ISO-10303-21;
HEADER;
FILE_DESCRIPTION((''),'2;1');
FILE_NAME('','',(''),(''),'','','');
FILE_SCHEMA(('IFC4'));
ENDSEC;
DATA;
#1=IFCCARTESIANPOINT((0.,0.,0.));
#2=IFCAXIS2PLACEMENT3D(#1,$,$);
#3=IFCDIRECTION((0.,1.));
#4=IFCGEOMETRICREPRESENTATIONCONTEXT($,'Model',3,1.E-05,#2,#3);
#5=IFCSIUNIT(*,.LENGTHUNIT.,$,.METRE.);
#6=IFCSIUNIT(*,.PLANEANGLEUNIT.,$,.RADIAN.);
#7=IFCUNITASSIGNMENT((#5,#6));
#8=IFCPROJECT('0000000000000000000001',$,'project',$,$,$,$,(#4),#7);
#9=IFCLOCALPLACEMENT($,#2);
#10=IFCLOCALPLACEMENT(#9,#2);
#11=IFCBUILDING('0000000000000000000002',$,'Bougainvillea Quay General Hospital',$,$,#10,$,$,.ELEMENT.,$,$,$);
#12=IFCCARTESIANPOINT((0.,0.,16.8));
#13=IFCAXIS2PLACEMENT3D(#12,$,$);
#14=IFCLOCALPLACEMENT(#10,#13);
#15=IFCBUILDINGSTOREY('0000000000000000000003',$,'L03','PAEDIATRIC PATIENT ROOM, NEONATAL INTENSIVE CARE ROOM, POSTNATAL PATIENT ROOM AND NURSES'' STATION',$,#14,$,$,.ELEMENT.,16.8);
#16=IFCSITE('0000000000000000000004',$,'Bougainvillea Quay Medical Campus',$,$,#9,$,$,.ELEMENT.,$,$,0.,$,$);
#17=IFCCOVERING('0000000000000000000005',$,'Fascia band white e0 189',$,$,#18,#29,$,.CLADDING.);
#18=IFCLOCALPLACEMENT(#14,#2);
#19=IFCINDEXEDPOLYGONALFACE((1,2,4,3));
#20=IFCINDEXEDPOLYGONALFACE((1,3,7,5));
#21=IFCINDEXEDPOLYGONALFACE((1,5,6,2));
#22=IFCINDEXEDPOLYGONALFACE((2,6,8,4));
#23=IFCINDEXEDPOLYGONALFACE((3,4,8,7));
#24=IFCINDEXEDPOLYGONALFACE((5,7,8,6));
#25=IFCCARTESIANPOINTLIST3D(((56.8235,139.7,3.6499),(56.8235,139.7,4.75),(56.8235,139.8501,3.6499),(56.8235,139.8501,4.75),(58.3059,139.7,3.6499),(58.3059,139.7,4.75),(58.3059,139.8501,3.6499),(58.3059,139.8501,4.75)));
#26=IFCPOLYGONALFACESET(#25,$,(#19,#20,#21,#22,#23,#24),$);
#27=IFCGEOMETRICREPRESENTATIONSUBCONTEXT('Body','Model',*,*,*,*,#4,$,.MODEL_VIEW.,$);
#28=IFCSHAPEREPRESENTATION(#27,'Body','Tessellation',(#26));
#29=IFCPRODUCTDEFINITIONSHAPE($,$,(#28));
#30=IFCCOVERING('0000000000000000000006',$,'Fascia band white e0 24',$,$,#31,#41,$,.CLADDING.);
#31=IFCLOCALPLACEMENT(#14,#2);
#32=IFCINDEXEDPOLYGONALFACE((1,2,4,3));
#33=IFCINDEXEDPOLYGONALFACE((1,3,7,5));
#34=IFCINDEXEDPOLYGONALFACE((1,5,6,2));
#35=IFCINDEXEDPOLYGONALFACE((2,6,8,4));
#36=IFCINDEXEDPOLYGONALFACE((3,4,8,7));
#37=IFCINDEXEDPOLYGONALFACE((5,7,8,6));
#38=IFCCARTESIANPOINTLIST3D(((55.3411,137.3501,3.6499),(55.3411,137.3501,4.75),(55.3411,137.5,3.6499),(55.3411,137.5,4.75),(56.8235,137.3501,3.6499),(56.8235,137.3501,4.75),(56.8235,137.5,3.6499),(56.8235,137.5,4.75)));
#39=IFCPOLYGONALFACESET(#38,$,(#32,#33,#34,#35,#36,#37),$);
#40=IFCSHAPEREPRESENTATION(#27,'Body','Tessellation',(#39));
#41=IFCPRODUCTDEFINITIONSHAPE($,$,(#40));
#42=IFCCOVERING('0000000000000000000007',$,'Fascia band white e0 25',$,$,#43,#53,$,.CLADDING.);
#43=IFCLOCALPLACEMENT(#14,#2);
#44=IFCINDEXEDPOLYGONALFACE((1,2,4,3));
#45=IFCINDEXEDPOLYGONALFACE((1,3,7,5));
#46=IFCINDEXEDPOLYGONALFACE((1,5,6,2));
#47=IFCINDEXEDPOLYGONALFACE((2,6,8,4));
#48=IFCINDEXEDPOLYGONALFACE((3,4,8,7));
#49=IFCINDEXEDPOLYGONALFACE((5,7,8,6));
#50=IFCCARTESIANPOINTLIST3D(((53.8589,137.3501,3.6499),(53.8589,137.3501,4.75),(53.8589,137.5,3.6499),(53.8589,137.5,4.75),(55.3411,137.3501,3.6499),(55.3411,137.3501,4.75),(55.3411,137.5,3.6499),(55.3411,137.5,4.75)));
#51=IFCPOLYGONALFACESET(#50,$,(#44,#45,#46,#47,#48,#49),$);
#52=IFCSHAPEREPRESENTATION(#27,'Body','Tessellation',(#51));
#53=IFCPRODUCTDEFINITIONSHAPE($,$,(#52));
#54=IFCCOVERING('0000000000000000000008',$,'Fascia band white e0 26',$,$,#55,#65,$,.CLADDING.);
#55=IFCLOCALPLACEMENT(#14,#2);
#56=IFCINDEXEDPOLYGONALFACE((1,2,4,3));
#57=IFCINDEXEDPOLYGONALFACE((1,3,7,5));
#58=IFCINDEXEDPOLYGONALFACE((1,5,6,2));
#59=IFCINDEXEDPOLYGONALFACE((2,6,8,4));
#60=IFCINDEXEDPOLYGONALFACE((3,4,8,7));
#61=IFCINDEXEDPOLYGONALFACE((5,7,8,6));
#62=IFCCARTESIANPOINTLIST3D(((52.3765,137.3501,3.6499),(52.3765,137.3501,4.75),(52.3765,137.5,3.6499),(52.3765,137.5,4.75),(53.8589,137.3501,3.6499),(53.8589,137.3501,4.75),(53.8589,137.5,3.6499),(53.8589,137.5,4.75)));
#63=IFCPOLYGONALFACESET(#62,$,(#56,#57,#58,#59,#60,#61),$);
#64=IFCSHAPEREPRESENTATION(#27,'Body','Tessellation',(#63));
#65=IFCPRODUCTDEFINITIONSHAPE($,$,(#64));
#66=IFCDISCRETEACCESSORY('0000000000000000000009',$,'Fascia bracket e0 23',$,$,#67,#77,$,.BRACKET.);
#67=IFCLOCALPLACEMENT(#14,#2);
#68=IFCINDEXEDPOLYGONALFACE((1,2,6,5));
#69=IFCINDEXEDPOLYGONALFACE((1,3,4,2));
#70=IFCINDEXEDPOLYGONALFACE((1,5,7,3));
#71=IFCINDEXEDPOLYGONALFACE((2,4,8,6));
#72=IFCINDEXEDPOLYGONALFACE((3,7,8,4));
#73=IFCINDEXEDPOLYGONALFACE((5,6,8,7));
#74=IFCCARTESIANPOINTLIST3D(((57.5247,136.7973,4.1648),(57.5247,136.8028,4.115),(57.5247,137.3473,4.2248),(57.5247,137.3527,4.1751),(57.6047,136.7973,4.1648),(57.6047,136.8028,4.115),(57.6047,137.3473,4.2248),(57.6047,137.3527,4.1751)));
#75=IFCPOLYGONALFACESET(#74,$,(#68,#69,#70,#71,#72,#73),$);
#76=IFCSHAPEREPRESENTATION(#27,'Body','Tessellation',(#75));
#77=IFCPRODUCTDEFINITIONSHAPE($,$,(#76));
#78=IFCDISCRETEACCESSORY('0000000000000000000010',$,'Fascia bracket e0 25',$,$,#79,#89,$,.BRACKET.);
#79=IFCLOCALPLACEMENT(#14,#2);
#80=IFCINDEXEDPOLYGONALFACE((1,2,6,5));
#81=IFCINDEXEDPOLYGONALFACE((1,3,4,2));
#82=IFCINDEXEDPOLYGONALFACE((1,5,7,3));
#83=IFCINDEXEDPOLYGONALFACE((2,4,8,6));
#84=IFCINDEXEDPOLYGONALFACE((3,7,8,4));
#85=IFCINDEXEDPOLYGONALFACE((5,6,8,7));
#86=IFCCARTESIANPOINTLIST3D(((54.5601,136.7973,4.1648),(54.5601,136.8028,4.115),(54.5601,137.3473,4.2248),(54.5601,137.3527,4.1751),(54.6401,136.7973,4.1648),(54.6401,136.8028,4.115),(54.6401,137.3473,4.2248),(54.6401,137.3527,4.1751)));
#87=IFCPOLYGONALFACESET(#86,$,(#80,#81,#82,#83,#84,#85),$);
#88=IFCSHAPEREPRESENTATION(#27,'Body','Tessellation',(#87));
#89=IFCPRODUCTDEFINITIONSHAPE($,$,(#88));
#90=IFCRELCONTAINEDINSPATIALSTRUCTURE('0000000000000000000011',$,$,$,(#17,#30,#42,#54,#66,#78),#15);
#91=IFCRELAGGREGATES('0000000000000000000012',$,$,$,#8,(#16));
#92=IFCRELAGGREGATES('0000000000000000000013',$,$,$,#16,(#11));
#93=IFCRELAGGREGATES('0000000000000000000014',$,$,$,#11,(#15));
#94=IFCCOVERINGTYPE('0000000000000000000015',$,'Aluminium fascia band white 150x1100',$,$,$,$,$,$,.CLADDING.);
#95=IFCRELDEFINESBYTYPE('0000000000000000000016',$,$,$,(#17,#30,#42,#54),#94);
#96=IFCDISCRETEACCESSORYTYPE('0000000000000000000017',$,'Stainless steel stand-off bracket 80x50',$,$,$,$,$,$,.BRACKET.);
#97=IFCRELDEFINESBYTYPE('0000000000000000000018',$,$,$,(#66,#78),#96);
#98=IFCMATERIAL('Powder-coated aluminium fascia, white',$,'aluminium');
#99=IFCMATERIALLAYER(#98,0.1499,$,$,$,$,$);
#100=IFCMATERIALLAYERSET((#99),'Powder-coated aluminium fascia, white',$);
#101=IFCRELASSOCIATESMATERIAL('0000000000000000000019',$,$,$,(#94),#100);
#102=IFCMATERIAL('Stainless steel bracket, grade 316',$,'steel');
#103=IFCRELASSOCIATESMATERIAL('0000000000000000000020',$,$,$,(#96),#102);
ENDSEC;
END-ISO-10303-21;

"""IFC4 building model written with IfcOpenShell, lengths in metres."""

from ifc_helpers import new_model, si_unit, direction, frame, origin, origin_2d, place, context, subcontext, project, spatial, polyline, rectangle, outline, extrude, material, layer, layer_set, material_profile, profile_set, type_object, element, save


model = new_model("IFC4")

# Units and contexts
model_context = context("Model", 3, precision=1e-05, world=origin(), true_north=direction((0.0, 1.0)))
body_context = subcontext(model_context, "Body", "Model", "MODEL_VIEW")
ifc_project = project(units=[si_unit("LENGTHUNIT", "METRE"), si_unit("PLANEANGLEUNIT", "RADIAN")], contexts=[model_context])

# Site, building, storey
site_placement = place(None, origin())
site = spatial("IfcSite", under=ifc_project, at=site_placement, Name="Bougainvillea Quay Medical Campus", CompositionType="ELEMENT", RefElevation=0.0)
building_placement = place(site_placement, origin())
building = spatial("IfcBuilding", under=site, at=building_placement, Name="Bougainvillea Quay General Hospital", CompositionType="ELEMENT")
storey_placement = place(building_placement, frame((0.0, 0.0, 16.8)))
storey = spatial("IfcBuildingStorey", under=building, at=storey_placement, Name="L03", Description="PAEDIATRIC PATIENT ROOM, NEONATAL INTENSIVE CARE ROOM, POSTNATAL PATIENT ROOM AND NURSES' STATION", CompositionType="ELEMENT", Elevation=16.8)

# Coverings
ifc_material_1 = material(Name="Powder-coated aluminium fascia, white", Category="aluminium")
ifc_layer_1 = layer(ifc_material_1, 0.1499)
ifc_layer_set_1 = layer_set([ifc_layer_1], Name="Powder-coated aluminium fascia, white")
covering_type = type_object("IfcCoveringType", Name="Aluminium fascia band white 150x1100", PredefinedType="CLADDING", material=ifc_layer_set_1)
for number, where, z_axis, x_axis, name in (
    (1, (56.8235, 139.8501, 3.6499), (0.0, 0.0, 1.0), (1.0, 0.0, 0.0), "Fascia band white e0 189"),
):
    element("IfcCovering", number, at=place(storey_placement, frame(where, z_axis=z_axis, x_axis=x_axis)), inside=storey, type_object=covering_type, Name=name, PredefinedType="CLADDING", context=body_context, shape_type="SweptSolid", body=[
        extrude(outline(polyline([(0.0, 0.0), (1.4824, 0.0), (1.4824, -0.1501), (0.0, -0.1501), (0.0, 0.0)])), origin(), (0.0, 0.0, 1.0), 1.1001),
    ])
covering_1_placement = place(storey_placement, frame((56.8235, 137.3501, 3.6499), z_axis=(0.0, 0.0, 1.0), x_axis=(-1.0, 0.0, 0.0)))
element("IfcCovering", 2, at=covering_1_placement, inside=storey, type_object=covering_type, Name="Fascia band white e0 24", PredefinedType="CLADDING", context=body_context, shape_type="SweptSolid", body=[
    extrude(outline(polyline([(0.0, 0.0), (1.4824, 0.0), (1.4824, -0.1499), (0.0, -0.1499), (0.0, 0.0)])), origin(), (0.0, 0.0, 1.0), 1.1001),
])
covering_2_placement = place(storey_placement, frame((55.3411, 137.3501, 3.6499), z_axis=(0.0, 0.0, 1.0), x_axis=(-1.0, 0.0, 0.0)))
element("IfcCovering", 3, at=covering_2_placement, inside=storey, type_object=covering_type, Name="Fascia band white e0 25", PredefinedType="CLADDING", context=body_context, shape_type="SweptSolid", body=[
    extrude(outline(polyline([(0.0, 0.0), (1.4822, 0.0), (1.4822, -0.1499), (0.0, -0.1499), (0.0, 0.0)])), origin(), (0.0, 0.0, 1.0), 1.1001),
])
covering_3_placement = place(storey_placement, frame((53.8589, 137.3501, 3.6499), z_axis=(0.0, 0.0, 1.0), x_axis=(-1.0, 0.0, 0.0)))
element("IfcCovering", 4, at=covering_3_placement, inside=storey, type_object=covering_type, Name="Fascia band white e0 26", PredefinedType="CLADDING", context=body_context, shape_type="SweptSolid", body=[
    extrude(outline(polyline([(0.0, 0.0), (1.4824, 0.0), (1.4824, -0.1499), (0.0, -0.1499), (0.0, 0.0)])), origin(), (0.0, 0.0, 1.0), 1.1001),
])

# Discrete accessories
ifc_material_2 = material(Name="Stainless steel bracket, grade 316", Category="steel")
ifc_material_profile_1 = material_profile(ifc_material_2, rectangle(XDim=0.0801, YDim=0.05, at=origin_2d()))
ifc_profile_set_1 = profile_set([ifc_material_profile_1], Name="Stainless steel bracket, grade 316")
discrete_accessory_type = type_object("IfcDiscreteAccessoryType", Name="Stainless steel stand-off bracket 80x50", PredefinedType="BRACKET", material=ifc_profile_set_1)
for number, where, z_axis, x_axis, name in (
    (5, (57.5647, 136.8, 4.1399), (0.0, 0.994092, 0.108543), (-1.0, 0.0, 0.0), "Fascia bracket e0 23"),
    (6, (54.6001, 136.8, 4.1399), (0.0, 0.994092, 0.108543), (-1.0, 0.0, 0.0), "Fascia bracket e0 25"),
):
    element("IfcDiscreteAccessory", number, at=place(storey_placement, frame(where, z_axis=z_axis, x_axis=x_axis)), inside=storey, type_object=discrete_accessory_type, Name=name, PredefinedType="BRACKET", context=body_context, shape_type="SweptSolid", body=[
        extrude(rectangle(XDim=0.0801, YDim=0.05, at=origin_2d()), origin(), (0.0, 0.0, 1.0), 0.5532),
    ])

save(model, "model.ifc")
